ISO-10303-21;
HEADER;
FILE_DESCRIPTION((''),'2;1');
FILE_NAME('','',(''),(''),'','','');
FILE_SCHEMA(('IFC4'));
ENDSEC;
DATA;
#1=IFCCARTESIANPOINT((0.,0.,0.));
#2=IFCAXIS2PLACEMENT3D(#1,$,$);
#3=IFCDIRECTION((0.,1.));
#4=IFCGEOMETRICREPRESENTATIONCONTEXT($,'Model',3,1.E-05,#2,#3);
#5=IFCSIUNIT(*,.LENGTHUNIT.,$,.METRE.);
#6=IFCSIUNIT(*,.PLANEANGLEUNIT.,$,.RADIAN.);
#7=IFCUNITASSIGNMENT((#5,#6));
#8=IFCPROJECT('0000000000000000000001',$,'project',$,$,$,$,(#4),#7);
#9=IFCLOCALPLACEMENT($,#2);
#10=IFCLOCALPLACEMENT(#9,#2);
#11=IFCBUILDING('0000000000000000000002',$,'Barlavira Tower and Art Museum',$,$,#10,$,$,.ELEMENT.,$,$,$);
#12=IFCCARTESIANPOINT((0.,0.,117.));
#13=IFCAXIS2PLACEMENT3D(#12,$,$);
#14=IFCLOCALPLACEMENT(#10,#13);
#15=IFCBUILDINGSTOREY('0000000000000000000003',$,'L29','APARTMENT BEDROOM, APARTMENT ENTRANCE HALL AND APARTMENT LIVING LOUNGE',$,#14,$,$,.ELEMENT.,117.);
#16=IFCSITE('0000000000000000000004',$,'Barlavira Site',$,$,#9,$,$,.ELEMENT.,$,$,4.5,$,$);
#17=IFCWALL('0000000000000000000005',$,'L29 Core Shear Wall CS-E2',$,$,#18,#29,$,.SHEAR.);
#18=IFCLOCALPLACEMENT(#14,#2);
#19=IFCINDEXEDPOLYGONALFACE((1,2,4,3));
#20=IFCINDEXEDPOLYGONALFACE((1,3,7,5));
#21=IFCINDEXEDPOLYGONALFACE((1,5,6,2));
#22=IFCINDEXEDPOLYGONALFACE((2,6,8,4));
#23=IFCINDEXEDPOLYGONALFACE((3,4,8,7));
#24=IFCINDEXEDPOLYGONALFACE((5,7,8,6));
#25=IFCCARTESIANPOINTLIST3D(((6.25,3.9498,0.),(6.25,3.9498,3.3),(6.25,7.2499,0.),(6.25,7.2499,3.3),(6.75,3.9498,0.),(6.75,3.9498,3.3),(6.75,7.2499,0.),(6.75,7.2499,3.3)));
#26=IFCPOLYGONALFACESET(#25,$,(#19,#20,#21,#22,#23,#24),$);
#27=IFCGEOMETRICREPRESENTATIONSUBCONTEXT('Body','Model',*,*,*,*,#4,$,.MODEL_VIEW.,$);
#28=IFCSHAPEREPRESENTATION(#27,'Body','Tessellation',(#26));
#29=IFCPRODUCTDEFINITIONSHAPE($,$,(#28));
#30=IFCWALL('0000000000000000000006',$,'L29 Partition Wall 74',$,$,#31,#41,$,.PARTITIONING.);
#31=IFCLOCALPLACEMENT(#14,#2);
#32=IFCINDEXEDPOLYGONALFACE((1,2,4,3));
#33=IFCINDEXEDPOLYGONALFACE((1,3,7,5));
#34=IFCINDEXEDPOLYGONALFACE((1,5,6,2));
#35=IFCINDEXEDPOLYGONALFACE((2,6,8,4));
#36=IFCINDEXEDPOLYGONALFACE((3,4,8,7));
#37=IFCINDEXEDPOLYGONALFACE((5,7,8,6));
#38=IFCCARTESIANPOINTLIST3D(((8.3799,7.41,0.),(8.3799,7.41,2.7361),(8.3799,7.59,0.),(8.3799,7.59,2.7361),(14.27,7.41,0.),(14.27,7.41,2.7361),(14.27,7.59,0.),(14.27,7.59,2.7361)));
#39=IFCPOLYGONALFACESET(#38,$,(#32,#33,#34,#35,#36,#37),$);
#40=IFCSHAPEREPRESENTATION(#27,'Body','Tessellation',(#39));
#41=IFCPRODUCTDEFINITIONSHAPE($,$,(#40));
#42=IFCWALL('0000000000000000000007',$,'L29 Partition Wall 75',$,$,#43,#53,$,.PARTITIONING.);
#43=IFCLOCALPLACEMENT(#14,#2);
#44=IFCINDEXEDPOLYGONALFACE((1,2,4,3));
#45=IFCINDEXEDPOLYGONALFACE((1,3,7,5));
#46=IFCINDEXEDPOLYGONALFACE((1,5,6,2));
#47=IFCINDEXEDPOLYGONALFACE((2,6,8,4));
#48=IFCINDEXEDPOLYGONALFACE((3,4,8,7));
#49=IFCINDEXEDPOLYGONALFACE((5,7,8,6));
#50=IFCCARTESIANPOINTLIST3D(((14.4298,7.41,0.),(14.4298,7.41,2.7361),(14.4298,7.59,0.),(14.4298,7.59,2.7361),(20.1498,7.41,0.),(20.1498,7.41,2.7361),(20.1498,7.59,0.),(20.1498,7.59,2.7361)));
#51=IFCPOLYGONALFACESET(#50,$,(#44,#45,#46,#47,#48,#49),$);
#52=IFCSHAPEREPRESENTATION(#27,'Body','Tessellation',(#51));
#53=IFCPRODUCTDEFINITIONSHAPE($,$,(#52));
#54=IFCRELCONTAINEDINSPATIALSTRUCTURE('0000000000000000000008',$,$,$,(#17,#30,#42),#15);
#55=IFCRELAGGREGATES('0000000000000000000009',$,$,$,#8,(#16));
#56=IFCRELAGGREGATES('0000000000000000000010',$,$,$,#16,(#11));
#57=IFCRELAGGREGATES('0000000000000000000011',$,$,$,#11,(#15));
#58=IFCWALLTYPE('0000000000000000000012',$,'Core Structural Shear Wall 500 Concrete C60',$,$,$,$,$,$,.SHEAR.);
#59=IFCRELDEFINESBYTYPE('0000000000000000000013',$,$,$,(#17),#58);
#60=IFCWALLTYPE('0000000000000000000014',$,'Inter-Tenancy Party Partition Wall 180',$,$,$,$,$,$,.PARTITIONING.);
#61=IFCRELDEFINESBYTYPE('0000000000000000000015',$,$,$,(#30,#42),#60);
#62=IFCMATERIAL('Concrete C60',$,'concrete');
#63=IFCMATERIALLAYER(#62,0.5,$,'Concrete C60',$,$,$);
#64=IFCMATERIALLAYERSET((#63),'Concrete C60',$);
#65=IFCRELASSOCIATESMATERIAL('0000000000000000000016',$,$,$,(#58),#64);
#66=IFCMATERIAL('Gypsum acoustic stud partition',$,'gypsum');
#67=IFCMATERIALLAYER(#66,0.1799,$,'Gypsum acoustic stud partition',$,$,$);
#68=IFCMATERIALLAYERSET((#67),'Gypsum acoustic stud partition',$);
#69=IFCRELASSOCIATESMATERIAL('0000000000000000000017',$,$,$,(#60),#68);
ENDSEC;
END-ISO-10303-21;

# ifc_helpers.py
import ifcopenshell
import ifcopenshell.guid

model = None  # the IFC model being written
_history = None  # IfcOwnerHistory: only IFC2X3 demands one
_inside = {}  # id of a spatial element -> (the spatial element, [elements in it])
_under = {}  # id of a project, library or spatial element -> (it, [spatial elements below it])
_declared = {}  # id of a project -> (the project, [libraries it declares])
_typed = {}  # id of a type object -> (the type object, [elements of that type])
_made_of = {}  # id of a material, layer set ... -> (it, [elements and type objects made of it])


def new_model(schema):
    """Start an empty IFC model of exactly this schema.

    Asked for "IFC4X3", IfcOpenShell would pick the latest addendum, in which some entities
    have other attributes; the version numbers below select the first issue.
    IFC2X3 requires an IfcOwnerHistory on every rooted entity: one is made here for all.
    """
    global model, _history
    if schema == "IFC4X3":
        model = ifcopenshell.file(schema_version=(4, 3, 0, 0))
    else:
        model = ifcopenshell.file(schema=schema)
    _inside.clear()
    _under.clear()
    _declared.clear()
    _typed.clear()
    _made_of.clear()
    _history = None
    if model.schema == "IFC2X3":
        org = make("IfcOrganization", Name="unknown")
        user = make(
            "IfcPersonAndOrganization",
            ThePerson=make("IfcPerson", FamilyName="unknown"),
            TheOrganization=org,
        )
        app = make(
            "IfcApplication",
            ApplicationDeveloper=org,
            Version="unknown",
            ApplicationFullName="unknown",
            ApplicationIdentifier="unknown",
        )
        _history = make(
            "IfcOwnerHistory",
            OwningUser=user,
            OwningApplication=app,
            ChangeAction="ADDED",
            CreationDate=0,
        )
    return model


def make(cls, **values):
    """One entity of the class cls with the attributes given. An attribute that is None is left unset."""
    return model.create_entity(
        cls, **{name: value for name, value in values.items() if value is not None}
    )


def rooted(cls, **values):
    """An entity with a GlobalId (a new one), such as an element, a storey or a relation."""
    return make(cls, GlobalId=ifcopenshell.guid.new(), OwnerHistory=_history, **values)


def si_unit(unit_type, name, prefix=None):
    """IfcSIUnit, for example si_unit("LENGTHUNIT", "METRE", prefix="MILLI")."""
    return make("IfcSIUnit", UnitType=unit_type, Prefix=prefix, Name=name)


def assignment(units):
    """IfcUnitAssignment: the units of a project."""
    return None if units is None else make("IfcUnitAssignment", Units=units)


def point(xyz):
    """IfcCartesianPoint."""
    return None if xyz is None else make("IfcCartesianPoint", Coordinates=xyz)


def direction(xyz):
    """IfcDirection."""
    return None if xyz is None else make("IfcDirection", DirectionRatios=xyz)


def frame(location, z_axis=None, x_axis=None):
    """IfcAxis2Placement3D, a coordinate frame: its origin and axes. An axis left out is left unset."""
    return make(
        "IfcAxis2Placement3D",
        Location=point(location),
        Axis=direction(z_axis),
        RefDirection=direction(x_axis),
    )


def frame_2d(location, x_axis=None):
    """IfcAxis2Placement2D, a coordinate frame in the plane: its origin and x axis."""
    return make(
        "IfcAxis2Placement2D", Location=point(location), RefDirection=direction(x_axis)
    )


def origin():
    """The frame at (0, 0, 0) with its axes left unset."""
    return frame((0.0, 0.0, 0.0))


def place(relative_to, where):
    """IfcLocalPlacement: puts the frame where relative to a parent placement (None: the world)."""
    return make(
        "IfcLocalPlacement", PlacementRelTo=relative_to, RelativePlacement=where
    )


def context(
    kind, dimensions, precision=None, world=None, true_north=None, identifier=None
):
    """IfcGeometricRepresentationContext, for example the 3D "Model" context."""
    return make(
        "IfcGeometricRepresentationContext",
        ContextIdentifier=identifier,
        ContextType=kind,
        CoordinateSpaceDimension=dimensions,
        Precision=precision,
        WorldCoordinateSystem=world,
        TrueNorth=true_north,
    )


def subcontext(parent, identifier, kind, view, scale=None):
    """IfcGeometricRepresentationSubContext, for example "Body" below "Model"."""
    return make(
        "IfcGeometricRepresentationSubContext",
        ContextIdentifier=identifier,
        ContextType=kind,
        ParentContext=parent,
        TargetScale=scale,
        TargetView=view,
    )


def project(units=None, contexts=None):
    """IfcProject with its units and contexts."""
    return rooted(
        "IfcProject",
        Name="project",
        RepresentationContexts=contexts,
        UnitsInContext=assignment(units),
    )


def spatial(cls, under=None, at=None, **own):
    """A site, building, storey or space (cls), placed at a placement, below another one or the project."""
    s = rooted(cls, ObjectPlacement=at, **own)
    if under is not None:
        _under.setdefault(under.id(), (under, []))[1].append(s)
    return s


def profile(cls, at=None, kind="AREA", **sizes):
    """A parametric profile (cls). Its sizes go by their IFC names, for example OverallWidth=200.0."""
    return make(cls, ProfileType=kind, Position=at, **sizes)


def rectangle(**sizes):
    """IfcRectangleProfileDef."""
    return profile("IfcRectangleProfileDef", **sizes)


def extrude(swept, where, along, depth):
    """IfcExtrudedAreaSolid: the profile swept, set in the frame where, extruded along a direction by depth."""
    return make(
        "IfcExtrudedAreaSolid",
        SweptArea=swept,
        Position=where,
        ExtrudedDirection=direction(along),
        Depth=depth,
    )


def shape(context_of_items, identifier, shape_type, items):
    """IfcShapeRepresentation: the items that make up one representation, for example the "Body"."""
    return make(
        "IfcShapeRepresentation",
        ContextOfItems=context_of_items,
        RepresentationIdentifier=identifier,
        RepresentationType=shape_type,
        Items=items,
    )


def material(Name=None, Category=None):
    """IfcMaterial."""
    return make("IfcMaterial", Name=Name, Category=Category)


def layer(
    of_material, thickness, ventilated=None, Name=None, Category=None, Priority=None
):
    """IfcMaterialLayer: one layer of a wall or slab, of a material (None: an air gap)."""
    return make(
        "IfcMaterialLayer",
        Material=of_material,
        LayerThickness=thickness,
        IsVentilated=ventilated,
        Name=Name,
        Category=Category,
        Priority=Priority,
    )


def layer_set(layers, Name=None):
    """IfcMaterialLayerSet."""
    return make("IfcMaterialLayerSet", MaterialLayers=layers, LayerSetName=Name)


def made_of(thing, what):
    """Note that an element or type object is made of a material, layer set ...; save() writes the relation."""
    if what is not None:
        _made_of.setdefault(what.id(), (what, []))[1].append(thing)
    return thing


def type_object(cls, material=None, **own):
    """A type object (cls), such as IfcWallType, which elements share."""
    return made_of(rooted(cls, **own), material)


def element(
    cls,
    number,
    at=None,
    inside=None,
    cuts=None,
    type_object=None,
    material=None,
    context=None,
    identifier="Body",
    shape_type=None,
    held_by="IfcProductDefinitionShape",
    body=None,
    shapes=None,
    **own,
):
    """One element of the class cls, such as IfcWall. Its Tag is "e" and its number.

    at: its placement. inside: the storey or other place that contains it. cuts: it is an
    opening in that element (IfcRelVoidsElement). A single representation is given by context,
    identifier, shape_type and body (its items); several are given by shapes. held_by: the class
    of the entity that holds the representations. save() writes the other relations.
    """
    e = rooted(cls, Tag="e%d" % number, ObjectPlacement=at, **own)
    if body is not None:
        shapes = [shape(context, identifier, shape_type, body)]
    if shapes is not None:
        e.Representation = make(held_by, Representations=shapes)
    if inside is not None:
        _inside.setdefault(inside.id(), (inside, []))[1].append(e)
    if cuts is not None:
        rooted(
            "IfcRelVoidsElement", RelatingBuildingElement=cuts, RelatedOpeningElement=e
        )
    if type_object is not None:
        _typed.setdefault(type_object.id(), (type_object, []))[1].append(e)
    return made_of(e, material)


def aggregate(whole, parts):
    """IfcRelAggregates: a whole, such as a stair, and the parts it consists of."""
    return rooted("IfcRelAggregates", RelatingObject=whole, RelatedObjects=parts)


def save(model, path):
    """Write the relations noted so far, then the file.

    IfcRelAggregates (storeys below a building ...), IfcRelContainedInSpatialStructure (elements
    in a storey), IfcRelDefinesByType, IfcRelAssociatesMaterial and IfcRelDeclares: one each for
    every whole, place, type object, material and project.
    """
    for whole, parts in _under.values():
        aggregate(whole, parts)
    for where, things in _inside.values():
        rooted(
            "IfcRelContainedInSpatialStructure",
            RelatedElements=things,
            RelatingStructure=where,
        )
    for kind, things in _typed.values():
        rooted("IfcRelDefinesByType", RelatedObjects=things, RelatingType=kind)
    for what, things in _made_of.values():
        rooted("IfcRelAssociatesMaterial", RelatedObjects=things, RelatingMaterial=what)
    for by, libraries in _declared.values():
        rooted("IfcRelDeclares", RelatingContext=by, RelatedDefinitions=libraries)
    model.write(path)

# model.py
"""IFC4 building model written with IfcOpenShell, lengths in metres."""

from ifc_helpers import new_model, si_unit, direction, frame, frame_2d, origin, place, context, subcontext, project, spatial, rectangle, extrude, material, layer, layer_set, type_object, element, save


model = new_model("IFC4")

# Units and contexts
model_context = context("Model", 3, precision=1e-05, world=origin(), true_north=direction((0.0, 1.0)))
body_context = subcontext(model_context, "Body", "Model", "MODEL_VIEW")
ifc_project = project(units=[si_unit("LENGTHUNIT", "METRE"), si_unit("PLANEANGLEUNIT", "RADIAN")], contexts=[model_context])

# Site, building, storey
site_placement = place(None, origin())
site = spatial("IfcSite", under=ifc_project, at=site_placement, Name="Barlavira Site", CompositionType="ELEMENT", RefElevation=4.5)
building_placement = place(site_placement, origin())
building = spatial("IfcBuilding", under=site, at=building_placement, Name="Barlavira Tower and Art Museum", CompositionType="ELEMENT")
storey_placement = place(building_placement, frame((0.0, 0.0, 117.0)))
storey = spatial("IfcBuildingStorey", under=building, at=storey_placement, Name="L29", Description="APARTMENT BEDROOM, APARTMENT ENTRANCE HALL AND APARTMENT LIVING LOUNGE", CompositionType="ELEMENT", Elevation=117.0)

# Shared definitions
ifc_material_1 = material(Name="Concrete C60", Category="concrete")

# Shared definitions
ifc_material_2 = material(Name="Gypsum acoustic stud partition", Category="gypsum")

# Walls
ifc_layer_1 = layer(ifc_material_1, 0.5, Name="Concrete C60")
ifc_layer_set_1 = layer_set([ifc_layer_1], Name="Concrete C60")
wall_type_1 = type_object("IfcWallType", Name="Core Structural Shear Wall 500 Concrete C60", PredefinedType="SHEAR", material=ifc_layer_set_1)
wall_1_placement = place(storey_placement, frame((6.5, 3.95, 0.0), z_axis=(0.0, 0.0, 1.0), x_axis=(0.0, 1.0, 0.0)))
element("IfcWall", 1, at=wall_1_placement, inside=storey, type_object=wall_type_1, Name="L29 Core Shear Wall CS-E2", PredefinedType="SHEAR", context=body_context, shape_type="SweptSolid", body=[
    extrude(rectangle(XDim=3.3, YDim=0.5, at=frame_2d((1.6499, 0.0))), origin(), (0.0, 0.0, 1.0), 3.3),
])
ifc_layer_2 = layer(ifc_material_2, 0.1799, Name="Gypsum acoustic stud partition")
ifc_layer_set_2 = layer_set([ifc_layer_2], Name="Gypsum acoustic stud partition")
wall_type_2 = type_object("IfcWallType", Name="Inter-Tenancy Party Partition Wall 180", PredefinedType="PARTITIONING", material=ifc_layer_set_2)
wall_2_placement = place(storey_placement, frame((8.3799, 7.5, 0.0), z_axis=(0.0, 0.0, 1.0), x_axis=(1.0, 0.0, 0.0)))
element("IfcWall", 2, at=wall_2_placement, inside=storey, type_object=wall_type_2, Name="L29 Partition Wall 74", PredefinedType="PARTITIONING", context=body_context, shape_type="SweptSolid", body=[
    extrude(rectangle(XDim=5.8901, YDim=0.1799, at=frame_2d((2.9451, 0.0))), origin(), (0.0, 0.0, 1.0), 2.7361),
])
wall_3_placement = place(storey_placement, frame((14.4299, 7.5, 0.0), z_axis=(0.0, 0.0, 1.0), x_axis=(1.0, 0.0, 0.0)))
element("IfcWall", 3, at=wall_3_placement, inside=storey, type_object=wall_type_2, Name="L29 Partition Wall 75", PredefinedType="PARTITIONING", context=body_context, shape_type="SweptSolid", body=[
    extrude(rectangle(XDim=5.72, YDim=0.1799, at=frame_2d((2.8599, 0.0))), origin(), (0.0, 0.0, 1.0), 2.7361),
])

save(model, "model.ifc")
